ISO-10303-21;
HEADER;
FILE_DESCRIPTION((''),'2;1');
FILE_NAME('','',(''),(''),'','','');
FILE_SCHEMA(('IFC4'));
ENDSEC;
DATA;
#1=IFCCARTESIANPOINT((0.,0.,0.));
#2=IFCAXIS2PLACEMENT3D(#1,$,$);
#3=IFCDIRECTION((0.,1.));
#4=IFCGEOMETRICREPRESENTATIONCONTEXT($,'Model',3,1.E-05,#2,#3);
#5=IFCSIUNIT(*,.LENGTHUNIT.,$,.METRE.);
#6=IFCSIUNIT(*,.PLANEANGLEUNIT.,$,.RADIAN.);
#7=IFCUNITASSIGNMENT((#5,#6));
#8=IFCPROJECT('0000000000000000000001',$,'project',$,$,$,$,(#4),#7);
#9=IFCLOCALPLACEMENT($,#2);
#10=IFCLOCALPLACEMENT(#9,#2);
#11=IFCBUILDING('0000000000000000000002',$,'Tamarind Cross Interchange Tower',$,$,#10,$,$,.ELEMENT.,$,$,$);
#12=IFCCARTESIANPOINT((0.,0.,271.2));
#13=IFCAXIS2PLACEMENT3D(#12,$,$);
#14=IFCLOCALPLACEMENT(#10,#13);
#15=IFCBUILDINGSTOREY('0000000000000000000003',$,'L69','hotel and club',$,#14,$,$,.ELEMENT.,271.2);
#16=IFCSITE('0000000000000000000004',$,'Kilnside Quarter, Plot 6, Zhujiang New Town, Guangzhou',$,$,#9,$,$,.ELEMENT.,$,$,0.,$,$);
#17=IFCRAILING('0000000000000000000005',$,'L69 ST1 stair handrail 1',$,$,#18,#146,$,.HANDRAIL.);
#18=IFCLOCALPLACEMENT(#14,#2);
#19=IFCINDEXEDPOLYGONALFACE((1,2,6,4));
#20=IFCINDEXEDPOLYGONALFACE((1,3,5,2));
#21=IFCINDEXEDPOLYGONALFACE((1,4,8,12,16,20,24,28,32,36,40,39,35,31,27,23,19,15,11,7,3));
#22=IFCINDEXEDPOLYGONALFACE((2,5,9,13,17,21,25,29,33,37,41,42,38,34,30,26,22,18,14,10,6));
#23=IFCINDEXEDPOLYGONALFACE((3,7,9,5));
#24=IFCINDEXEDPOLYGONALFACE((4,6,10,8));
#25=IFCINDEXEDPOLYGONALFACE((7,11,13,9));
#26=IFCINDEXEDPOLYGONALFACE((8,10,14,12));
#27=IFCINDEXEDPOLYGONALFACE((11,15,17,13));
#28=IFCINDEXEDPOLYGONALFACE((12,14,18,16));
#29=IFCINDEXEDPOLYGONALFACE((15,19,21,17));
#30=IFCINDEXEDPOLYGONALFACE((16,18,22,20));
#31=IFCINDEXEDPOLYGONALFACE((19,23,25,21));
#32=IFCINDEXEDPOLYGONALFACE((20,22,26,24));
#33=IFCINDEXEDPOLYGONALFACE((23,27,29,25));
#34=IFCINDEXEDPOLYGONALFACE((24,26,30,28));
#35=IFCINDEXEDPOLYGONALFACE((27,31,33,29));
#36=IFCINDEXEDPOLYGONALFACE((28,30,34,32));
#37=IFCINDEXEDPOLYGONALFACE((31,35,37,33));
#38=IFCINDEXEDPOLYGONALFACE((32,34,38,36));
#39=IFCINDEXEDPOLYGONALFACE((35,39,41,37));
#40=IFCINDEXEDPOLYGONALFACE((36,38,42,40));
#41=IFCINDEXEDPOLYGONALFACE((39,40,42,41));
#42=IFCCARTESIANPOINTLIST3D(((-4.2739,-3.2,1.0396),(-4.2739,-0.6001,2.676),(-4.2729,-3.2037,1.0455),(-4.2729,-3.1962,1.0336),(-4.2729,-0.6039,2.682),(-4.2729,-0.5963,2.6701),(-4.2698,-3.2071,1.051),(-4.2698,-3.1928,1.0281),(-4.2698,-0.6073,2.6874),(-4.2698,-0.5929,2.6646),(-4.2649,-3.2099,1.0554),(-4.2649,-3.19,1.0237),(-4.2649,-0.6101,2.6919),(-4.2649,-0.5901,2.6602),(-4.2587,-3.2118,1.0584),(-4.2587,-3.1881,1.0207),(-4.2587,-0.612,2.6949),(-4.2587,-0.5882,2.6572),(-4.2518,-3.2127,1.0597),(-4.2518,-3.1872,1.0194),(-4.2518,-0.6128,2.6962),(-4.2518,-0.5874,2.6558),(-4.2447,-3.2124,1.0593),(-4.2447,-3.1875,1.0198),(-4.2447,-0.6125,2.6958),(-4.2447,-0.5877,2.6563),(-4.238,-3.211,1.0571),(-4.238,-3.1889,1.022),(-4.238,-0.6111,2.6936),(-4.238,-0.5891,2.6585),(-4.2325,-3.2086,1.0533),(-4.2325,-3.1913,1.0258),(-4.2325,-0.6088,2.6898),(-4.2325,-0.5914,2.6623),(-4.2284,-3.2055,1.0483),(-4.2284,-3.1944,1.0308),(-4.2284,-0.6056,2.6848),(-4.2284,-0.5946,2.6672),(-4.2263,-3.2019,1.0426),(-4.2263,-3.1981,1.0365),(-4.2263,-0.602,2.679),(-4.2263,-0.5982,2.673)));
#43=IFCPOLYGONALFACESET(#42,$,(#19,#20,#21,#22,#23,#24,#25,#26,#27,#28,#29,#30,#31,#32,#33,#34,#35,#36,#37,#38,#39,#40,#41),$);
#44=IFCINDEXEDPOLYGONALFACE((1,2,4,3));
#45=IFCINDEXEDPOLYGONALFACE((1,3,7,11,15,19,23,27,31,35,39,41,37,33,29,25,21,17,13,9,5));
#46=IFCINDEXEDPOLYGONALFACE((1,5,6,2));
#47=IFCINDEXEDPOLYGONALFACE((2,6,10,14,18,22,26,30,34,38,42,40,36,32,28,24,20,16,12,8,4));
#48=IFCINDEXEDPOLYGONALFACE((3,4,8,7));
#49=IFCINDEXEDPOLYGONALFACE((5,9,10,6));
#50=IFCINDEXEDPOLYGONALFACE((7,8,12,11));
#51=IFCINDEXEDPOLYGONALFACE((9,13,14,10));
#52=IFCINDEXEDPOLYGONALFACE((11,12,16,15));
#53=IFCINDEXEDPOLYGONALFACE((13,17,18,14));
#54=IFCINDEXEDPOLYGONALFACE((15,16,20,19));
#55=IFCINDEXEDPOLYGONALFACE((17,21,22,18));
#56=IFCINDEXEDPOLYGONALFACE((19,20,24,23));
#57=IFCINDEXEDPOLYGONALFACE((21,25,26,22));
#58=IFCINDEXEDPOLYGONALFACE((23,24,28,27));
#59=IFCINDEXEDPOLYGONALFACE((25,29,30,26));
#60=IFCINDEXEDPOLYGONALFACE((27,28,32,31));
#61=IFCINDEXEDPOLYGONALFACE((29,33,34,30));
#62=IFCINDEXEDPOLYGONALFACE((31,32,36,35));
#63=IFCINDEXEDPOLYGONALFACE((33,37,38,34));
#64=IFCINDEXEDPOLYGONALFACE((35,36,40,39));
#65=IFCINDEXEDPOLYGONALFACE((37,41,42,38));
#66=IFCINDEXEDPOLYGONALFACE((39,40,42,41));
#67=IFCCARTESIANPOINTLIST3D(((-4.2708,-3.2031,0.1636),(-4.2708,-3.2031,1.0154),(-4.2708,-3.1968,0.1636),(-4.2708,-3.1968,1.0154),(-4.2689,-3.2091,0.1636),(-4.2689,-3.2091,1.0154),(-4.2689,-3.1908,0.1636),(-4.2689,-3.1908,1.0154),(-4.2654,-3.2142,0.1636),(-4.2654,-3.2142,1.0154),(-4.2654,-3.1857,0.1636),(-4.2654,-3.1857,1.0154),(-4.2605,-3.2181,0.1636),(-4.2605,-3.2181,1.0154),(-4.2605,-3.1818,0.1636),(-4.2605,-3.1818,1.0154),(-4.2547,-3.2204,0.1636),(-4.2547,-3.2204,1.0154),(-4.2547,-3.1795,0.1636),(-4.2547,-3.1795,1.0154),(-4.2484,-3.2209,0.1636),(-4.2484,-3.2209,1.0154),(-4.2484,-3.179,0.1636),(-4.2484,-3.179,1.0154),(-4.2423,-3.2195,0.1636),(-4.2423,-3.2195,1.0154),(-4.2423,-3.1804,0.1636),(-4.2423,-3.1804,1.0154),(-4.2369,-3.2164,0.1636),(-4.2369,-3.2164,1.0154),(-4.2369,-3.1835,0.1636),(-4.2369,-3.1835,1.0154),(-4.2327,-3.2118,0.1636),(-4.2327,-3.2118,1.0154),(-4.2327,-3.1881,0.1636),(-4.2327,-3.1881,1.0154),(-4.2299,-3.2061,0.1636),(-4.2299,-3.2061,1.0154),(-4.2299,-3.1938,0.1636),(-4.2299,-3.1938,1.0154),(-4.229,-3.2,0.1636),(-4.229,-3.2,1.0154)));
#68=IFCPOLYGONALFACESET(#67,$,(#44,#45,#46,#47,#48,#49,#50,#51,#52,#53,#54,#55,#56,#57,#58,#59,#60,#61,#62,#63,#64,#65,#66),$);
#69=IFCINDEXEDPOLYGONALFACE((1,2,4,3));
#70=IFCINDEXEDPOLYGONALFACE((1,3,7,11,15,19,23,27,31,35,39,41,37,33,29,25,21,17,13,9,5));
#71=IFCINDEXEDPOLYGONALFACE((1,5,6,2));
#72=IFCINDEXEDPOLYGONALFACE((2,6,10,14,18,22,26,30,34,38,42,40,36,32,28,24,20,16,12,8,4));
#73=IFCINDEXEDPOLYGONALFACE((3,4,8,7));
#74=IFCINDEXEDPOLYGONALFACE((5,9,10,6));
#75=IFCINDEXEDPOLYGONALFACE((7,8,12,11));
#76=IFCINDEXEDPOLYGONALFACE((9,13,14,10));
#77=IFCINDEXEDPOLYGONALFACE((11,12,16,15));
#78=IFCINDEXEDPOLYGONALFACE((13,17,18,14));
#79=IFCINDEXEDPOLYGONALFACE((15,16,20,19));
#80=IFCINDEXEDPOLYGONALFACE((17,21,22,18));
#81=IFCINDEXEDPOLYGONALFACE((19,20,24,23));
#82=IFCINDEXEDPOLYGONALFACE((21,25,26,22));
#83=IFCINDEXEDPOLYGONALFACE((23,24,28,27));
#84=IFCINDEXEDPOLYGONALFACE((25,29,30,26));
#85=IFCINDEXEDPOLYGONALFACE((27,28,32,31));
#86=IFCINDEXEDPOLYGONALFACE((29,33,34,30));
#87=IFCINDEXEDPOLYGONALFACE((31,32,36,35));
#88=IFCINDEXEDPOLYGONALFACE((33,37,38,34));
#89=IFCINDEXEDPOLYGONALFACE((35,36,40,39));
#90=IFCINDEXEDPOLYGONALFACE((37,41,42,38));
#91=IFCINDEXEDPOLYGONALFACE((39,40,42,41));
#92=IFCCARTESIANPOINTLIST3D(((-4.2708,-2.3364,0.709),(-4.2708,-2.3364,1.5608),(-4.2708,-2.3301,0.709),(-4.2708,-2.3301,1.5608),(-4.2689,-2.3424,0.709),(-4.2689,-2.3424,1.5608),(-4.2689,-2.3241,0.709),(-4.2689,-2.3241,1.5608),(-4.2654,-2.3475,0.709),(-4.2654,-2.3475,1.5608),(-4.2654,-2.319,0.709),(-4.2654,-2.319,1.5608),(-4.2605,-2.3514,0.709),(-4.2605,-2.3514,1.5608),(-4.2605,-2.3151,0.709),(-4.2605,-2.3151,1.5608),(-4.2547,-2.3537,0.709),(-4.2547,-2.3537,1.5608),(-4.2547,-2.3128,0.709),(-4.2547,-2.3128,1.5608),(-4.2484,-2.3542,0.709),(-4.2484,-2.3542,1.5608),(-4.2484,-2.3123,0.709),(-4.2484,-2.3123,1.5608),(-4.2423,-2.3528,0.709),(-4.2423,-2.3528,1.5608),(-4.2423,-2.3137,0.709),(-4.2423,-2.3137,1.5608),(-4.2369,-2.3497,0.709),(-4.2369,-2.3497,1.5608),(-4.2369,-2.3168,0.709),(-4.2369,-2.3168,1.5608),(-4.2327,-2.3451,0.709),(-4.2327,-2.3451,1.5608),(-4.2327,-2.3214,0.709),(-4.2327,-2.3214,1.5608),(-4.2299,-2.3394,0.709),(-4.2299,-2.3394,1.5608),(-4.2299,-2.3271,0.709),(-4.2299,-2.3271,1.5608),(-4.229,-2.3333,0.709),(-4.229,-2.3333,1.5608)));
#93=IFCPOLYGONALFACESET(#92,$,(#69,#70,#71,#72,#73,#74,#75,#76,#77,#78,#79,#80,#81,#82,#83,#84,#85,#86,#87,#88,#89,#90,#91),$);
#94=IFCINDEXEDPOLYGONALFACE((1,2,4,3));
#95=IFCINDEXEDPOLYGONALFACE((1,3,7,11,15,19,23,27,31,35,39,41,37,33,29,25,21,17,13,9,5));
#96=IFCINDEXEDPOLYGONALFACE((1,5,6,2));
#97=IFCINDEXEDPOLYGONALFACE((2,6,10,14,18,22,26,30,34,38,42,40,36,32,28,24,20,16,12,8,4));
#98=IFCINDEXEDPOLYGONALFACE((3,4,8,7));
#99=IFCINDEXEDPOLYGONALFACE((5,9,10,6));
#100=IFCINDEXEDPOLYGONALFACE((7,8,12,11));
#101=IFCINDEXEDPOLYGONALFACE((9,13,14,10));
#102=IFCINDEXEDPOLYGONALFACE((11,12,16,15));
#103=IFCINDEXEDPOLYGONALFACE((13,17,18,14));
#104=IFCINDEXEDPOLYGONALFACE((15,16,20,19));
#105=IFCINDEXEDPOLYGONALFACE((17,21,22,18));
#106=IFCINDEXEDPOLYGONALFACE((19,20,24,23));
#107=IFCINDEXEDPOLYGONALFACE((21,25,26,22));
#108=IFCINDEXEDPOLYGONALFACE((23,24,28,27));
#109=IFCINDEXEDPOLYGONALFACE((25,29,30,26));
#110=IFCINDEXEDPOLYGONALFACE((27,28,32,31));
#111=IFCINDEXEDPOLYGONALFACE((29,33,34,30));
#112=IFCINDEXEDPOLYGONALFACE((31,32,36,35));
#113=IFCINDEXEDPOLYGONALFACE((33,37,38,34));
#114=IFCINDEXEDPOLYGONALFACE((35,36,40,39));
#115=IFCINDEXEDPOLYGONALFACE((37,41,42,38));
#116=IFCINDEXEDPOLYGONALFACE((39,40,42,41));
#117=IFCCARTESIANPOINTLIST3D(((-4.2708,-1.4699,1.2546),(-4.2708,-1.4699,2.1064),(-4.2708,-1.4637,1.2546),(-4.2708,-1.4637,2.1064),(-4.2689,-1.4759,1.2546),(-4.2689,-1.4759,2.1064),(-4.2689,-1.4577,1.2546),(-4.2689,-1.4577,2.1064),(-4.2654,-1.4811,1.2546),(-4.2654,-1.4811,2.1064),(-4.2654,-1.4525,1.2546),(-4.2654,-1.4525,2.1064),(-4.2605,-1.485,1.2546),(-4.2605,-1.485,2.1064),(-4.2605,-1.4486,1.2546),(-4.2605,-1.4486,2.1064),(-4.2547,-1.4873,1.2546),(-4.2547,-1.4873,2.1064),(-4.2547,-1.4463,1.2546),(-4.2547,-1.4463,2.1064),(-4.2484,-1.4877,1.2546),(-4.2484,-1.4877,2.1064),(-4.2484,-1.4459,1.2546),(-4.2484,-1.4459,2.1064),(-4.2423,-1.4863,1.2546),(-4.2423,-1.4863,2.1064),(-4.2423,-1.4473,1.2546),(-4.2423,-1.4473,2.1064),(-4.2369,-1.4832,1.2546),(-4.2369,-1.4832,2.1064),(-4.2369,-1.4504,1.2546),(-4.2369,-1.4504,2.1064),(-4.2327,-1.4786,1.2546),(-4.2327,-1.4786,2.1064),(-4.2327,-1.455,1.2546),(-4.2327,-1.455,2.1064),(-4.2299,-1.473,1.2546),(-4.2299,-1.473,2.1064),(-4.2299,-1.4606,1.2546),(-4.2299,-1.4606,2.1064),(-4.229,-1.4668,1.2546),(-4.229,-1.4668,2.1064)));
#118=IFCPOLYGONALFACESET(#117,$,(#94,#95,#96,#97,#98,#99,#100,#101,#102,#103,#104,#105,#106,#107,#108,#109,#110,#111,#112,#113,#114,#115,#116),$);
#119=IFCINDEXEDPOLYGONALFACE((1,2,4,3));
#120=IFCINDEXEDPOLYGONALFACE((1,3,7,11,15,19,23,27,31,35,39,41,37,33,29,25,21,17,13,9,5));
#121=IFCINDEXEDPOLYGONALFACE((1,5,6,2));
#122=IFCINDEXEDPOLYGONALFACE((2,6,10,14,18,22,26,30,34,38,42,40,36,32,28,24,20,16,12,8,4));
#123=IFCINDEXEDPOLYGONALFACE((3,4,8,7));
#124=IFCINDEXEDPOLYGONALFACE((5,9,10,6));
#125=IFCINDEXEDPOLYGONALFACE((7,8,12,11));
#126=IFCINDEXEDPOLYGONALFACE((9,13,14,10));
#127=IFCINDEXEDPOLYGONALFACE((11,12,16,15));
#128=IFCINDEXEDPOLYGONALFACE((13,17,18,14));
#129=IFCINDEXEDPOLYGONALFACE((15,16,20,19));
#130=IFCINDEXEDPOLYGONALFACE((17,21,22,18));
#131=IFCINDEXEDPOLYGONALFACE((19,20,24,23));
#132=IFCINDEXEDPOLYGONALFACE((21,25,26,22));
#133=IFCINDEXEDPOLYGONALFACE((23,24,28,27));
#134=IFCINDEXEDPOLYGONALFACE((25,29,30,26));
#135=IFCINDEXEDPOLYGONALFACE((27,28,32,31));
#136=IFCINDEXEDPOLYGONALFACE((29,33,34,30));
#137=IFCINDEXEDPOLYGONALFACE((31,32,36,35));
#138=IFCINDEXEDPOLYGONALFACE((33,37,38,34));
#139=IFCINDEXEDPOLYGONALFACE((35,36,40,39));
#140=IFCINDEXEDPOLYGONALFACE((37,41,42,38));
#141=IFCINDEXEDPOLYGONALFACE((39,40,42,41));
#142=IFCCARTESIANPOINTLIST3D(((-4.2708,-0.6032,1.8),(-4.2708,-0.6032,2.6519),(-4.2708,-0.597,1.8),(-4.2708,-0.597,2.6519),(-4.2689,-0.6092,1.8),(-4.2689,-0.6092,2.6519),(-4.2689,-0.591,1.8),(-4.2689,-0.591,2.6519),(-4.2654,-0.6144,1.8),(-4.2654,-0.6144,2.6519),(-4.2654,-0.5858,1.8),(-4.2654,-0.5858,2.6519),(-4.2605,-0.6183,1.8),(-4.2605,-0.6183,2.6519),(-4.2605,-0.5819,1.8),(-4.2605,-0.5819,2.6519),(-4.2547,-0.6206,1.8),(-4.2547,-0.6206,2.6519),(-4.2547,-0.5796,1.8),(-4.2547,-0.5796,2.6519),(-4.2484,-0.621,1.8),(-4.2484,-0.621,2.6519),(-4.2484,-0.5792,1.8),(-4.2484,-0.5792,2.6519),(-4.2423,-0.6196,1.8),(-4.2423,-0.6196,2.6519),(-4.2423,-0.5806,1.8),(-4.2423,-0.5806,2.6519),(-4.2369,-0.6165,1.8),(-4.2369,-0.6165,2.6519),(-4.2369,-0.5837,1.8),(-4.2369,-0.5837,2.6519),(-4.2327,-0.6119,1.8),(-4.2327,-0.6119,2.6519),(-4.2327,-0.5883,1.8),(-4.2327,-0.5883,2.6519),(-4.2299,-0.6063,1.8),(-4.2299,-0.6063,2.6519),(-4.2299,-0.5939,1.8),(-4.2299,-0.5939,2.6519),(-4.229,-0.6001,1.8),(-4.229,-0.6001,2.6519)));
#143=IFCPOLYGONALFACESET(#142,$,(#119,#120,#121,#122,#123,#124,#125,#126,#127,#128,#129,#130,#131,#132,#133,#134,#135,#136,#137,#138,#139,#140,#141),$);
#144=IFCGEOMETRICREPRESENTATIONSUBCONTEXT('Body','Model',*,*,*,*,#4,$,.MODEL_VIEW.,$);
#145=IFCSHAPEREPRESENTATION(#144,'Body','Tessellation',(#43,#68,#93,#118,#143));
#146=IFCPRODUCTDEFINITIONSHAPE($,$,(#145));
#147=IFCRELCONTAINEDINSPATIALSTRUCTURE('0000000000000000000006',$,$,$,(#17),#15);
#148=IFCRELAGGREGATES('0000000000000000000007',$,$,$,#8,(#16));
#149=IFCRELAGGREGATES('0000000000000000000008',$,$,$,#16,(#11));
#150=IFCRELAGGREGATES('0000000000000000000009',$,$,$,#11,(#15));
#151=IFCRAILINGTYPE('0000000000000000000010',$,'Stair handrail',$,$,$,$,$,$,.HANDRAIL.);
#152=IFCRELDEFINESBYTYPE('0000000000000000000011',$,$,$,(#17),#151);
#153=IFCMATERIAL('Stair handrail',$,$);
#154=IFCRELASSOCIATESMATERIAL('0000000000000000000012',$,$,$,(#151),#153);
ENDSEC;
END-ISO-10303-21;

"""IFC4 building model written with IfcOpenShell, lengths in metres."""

from ifc_helpers import new_model, si_unit, direction, frame, origin, origin_2d, place, context, subcontext, project, spatial, circle, extrude, material, type_object, element, save


model = new_model("IFC4")

# Units and contexts
model_context = context("Model", 3, precision=1e-05, world=origin(), true_north=direction((0.0, 1.0)))
body_context = subcontext(model_context, "Body", "Model", "MODEL_VIEW")
ifc_project = project(units=[si_unit("LENGTHUNIT", "METRE"), si_unit("PLANEANGLEUNIT", "RADIAN")], contexts=[model_context])

# Site, building, storey
site_placement = place(None, origin())
site = spatial("IfcSite", under=ifc_project, at=site_placement, Name="Kilnside Quarter, Plot 6, Zhujiang New Town, Guangzhou", CompositionType="ELEMENT", RefElevation=0.0)
building_placement = place(site_placement, origin())
building = spatial("IfcBuilding", under=site, at=building_placement, Name="Tamarind Cross Interchange Tower", CompositionType="ELEMENT")
storey_placement = place(building_placement, frame((0.0, 0.0, 271.2)))
storey = spatial("IfcBuildingStorey", under=building, at=storey_placement, Name="L69", Description="hotel and club", CompositionType="ELEMENT", Elevation=271.2)

# Railing
ifc_material_1 = material(Name="Stair handrail")
railing_type_1 = type_object("IfcRailingType", Name="Stair handrail", PredefinedType="HANDRAIL", material=ifc_material_1)
railing_1_placement = place(storey_placement, frame((-4.25, -3.2, 0.1636)))
element("IfcRailing", 1, at=railing_1_placement, inside=storey, type_object=railing_type_1, Name="L69 ST1 stair handrail 1", PredefinedType="HANDRAIL", context=body_context, shape_type="SweptSolid", body=[
    extrude(circle(Radius=0.0239, at=origin_2d()), frame((0.0, 0.0, 0.876), z_axis=(0.0, 0.846302, 0.532704), x_axis=(-1.0, 0.0, 0.0)), (0.0, 0.0, 1.0), 3.072),
    extrude(circle(Radius=0.021, at=origin_2d()), origin(), (0.0, 0.0, 1.0), 0.8518),
    extrude(circle(Radius=0.021, at=origin_2d()), frame((0.0, 0.8667, 0.5454)), (0.0, 0.0, 1.0), 0.8518),
    extrude(circle(Radius=0.021, at=origin_2d()), frame((0.0, 1.7332, 1.0911)), (0.0, 0.0, 1.0), 0.8518),
    extrude(circle(Radius=0.021, at=origin_2d()), frame((0.0, 2.5999, 1.6365)), (0.0, 0.0, 1.0), 0.8518),
])

save(model, "model.ifc")
